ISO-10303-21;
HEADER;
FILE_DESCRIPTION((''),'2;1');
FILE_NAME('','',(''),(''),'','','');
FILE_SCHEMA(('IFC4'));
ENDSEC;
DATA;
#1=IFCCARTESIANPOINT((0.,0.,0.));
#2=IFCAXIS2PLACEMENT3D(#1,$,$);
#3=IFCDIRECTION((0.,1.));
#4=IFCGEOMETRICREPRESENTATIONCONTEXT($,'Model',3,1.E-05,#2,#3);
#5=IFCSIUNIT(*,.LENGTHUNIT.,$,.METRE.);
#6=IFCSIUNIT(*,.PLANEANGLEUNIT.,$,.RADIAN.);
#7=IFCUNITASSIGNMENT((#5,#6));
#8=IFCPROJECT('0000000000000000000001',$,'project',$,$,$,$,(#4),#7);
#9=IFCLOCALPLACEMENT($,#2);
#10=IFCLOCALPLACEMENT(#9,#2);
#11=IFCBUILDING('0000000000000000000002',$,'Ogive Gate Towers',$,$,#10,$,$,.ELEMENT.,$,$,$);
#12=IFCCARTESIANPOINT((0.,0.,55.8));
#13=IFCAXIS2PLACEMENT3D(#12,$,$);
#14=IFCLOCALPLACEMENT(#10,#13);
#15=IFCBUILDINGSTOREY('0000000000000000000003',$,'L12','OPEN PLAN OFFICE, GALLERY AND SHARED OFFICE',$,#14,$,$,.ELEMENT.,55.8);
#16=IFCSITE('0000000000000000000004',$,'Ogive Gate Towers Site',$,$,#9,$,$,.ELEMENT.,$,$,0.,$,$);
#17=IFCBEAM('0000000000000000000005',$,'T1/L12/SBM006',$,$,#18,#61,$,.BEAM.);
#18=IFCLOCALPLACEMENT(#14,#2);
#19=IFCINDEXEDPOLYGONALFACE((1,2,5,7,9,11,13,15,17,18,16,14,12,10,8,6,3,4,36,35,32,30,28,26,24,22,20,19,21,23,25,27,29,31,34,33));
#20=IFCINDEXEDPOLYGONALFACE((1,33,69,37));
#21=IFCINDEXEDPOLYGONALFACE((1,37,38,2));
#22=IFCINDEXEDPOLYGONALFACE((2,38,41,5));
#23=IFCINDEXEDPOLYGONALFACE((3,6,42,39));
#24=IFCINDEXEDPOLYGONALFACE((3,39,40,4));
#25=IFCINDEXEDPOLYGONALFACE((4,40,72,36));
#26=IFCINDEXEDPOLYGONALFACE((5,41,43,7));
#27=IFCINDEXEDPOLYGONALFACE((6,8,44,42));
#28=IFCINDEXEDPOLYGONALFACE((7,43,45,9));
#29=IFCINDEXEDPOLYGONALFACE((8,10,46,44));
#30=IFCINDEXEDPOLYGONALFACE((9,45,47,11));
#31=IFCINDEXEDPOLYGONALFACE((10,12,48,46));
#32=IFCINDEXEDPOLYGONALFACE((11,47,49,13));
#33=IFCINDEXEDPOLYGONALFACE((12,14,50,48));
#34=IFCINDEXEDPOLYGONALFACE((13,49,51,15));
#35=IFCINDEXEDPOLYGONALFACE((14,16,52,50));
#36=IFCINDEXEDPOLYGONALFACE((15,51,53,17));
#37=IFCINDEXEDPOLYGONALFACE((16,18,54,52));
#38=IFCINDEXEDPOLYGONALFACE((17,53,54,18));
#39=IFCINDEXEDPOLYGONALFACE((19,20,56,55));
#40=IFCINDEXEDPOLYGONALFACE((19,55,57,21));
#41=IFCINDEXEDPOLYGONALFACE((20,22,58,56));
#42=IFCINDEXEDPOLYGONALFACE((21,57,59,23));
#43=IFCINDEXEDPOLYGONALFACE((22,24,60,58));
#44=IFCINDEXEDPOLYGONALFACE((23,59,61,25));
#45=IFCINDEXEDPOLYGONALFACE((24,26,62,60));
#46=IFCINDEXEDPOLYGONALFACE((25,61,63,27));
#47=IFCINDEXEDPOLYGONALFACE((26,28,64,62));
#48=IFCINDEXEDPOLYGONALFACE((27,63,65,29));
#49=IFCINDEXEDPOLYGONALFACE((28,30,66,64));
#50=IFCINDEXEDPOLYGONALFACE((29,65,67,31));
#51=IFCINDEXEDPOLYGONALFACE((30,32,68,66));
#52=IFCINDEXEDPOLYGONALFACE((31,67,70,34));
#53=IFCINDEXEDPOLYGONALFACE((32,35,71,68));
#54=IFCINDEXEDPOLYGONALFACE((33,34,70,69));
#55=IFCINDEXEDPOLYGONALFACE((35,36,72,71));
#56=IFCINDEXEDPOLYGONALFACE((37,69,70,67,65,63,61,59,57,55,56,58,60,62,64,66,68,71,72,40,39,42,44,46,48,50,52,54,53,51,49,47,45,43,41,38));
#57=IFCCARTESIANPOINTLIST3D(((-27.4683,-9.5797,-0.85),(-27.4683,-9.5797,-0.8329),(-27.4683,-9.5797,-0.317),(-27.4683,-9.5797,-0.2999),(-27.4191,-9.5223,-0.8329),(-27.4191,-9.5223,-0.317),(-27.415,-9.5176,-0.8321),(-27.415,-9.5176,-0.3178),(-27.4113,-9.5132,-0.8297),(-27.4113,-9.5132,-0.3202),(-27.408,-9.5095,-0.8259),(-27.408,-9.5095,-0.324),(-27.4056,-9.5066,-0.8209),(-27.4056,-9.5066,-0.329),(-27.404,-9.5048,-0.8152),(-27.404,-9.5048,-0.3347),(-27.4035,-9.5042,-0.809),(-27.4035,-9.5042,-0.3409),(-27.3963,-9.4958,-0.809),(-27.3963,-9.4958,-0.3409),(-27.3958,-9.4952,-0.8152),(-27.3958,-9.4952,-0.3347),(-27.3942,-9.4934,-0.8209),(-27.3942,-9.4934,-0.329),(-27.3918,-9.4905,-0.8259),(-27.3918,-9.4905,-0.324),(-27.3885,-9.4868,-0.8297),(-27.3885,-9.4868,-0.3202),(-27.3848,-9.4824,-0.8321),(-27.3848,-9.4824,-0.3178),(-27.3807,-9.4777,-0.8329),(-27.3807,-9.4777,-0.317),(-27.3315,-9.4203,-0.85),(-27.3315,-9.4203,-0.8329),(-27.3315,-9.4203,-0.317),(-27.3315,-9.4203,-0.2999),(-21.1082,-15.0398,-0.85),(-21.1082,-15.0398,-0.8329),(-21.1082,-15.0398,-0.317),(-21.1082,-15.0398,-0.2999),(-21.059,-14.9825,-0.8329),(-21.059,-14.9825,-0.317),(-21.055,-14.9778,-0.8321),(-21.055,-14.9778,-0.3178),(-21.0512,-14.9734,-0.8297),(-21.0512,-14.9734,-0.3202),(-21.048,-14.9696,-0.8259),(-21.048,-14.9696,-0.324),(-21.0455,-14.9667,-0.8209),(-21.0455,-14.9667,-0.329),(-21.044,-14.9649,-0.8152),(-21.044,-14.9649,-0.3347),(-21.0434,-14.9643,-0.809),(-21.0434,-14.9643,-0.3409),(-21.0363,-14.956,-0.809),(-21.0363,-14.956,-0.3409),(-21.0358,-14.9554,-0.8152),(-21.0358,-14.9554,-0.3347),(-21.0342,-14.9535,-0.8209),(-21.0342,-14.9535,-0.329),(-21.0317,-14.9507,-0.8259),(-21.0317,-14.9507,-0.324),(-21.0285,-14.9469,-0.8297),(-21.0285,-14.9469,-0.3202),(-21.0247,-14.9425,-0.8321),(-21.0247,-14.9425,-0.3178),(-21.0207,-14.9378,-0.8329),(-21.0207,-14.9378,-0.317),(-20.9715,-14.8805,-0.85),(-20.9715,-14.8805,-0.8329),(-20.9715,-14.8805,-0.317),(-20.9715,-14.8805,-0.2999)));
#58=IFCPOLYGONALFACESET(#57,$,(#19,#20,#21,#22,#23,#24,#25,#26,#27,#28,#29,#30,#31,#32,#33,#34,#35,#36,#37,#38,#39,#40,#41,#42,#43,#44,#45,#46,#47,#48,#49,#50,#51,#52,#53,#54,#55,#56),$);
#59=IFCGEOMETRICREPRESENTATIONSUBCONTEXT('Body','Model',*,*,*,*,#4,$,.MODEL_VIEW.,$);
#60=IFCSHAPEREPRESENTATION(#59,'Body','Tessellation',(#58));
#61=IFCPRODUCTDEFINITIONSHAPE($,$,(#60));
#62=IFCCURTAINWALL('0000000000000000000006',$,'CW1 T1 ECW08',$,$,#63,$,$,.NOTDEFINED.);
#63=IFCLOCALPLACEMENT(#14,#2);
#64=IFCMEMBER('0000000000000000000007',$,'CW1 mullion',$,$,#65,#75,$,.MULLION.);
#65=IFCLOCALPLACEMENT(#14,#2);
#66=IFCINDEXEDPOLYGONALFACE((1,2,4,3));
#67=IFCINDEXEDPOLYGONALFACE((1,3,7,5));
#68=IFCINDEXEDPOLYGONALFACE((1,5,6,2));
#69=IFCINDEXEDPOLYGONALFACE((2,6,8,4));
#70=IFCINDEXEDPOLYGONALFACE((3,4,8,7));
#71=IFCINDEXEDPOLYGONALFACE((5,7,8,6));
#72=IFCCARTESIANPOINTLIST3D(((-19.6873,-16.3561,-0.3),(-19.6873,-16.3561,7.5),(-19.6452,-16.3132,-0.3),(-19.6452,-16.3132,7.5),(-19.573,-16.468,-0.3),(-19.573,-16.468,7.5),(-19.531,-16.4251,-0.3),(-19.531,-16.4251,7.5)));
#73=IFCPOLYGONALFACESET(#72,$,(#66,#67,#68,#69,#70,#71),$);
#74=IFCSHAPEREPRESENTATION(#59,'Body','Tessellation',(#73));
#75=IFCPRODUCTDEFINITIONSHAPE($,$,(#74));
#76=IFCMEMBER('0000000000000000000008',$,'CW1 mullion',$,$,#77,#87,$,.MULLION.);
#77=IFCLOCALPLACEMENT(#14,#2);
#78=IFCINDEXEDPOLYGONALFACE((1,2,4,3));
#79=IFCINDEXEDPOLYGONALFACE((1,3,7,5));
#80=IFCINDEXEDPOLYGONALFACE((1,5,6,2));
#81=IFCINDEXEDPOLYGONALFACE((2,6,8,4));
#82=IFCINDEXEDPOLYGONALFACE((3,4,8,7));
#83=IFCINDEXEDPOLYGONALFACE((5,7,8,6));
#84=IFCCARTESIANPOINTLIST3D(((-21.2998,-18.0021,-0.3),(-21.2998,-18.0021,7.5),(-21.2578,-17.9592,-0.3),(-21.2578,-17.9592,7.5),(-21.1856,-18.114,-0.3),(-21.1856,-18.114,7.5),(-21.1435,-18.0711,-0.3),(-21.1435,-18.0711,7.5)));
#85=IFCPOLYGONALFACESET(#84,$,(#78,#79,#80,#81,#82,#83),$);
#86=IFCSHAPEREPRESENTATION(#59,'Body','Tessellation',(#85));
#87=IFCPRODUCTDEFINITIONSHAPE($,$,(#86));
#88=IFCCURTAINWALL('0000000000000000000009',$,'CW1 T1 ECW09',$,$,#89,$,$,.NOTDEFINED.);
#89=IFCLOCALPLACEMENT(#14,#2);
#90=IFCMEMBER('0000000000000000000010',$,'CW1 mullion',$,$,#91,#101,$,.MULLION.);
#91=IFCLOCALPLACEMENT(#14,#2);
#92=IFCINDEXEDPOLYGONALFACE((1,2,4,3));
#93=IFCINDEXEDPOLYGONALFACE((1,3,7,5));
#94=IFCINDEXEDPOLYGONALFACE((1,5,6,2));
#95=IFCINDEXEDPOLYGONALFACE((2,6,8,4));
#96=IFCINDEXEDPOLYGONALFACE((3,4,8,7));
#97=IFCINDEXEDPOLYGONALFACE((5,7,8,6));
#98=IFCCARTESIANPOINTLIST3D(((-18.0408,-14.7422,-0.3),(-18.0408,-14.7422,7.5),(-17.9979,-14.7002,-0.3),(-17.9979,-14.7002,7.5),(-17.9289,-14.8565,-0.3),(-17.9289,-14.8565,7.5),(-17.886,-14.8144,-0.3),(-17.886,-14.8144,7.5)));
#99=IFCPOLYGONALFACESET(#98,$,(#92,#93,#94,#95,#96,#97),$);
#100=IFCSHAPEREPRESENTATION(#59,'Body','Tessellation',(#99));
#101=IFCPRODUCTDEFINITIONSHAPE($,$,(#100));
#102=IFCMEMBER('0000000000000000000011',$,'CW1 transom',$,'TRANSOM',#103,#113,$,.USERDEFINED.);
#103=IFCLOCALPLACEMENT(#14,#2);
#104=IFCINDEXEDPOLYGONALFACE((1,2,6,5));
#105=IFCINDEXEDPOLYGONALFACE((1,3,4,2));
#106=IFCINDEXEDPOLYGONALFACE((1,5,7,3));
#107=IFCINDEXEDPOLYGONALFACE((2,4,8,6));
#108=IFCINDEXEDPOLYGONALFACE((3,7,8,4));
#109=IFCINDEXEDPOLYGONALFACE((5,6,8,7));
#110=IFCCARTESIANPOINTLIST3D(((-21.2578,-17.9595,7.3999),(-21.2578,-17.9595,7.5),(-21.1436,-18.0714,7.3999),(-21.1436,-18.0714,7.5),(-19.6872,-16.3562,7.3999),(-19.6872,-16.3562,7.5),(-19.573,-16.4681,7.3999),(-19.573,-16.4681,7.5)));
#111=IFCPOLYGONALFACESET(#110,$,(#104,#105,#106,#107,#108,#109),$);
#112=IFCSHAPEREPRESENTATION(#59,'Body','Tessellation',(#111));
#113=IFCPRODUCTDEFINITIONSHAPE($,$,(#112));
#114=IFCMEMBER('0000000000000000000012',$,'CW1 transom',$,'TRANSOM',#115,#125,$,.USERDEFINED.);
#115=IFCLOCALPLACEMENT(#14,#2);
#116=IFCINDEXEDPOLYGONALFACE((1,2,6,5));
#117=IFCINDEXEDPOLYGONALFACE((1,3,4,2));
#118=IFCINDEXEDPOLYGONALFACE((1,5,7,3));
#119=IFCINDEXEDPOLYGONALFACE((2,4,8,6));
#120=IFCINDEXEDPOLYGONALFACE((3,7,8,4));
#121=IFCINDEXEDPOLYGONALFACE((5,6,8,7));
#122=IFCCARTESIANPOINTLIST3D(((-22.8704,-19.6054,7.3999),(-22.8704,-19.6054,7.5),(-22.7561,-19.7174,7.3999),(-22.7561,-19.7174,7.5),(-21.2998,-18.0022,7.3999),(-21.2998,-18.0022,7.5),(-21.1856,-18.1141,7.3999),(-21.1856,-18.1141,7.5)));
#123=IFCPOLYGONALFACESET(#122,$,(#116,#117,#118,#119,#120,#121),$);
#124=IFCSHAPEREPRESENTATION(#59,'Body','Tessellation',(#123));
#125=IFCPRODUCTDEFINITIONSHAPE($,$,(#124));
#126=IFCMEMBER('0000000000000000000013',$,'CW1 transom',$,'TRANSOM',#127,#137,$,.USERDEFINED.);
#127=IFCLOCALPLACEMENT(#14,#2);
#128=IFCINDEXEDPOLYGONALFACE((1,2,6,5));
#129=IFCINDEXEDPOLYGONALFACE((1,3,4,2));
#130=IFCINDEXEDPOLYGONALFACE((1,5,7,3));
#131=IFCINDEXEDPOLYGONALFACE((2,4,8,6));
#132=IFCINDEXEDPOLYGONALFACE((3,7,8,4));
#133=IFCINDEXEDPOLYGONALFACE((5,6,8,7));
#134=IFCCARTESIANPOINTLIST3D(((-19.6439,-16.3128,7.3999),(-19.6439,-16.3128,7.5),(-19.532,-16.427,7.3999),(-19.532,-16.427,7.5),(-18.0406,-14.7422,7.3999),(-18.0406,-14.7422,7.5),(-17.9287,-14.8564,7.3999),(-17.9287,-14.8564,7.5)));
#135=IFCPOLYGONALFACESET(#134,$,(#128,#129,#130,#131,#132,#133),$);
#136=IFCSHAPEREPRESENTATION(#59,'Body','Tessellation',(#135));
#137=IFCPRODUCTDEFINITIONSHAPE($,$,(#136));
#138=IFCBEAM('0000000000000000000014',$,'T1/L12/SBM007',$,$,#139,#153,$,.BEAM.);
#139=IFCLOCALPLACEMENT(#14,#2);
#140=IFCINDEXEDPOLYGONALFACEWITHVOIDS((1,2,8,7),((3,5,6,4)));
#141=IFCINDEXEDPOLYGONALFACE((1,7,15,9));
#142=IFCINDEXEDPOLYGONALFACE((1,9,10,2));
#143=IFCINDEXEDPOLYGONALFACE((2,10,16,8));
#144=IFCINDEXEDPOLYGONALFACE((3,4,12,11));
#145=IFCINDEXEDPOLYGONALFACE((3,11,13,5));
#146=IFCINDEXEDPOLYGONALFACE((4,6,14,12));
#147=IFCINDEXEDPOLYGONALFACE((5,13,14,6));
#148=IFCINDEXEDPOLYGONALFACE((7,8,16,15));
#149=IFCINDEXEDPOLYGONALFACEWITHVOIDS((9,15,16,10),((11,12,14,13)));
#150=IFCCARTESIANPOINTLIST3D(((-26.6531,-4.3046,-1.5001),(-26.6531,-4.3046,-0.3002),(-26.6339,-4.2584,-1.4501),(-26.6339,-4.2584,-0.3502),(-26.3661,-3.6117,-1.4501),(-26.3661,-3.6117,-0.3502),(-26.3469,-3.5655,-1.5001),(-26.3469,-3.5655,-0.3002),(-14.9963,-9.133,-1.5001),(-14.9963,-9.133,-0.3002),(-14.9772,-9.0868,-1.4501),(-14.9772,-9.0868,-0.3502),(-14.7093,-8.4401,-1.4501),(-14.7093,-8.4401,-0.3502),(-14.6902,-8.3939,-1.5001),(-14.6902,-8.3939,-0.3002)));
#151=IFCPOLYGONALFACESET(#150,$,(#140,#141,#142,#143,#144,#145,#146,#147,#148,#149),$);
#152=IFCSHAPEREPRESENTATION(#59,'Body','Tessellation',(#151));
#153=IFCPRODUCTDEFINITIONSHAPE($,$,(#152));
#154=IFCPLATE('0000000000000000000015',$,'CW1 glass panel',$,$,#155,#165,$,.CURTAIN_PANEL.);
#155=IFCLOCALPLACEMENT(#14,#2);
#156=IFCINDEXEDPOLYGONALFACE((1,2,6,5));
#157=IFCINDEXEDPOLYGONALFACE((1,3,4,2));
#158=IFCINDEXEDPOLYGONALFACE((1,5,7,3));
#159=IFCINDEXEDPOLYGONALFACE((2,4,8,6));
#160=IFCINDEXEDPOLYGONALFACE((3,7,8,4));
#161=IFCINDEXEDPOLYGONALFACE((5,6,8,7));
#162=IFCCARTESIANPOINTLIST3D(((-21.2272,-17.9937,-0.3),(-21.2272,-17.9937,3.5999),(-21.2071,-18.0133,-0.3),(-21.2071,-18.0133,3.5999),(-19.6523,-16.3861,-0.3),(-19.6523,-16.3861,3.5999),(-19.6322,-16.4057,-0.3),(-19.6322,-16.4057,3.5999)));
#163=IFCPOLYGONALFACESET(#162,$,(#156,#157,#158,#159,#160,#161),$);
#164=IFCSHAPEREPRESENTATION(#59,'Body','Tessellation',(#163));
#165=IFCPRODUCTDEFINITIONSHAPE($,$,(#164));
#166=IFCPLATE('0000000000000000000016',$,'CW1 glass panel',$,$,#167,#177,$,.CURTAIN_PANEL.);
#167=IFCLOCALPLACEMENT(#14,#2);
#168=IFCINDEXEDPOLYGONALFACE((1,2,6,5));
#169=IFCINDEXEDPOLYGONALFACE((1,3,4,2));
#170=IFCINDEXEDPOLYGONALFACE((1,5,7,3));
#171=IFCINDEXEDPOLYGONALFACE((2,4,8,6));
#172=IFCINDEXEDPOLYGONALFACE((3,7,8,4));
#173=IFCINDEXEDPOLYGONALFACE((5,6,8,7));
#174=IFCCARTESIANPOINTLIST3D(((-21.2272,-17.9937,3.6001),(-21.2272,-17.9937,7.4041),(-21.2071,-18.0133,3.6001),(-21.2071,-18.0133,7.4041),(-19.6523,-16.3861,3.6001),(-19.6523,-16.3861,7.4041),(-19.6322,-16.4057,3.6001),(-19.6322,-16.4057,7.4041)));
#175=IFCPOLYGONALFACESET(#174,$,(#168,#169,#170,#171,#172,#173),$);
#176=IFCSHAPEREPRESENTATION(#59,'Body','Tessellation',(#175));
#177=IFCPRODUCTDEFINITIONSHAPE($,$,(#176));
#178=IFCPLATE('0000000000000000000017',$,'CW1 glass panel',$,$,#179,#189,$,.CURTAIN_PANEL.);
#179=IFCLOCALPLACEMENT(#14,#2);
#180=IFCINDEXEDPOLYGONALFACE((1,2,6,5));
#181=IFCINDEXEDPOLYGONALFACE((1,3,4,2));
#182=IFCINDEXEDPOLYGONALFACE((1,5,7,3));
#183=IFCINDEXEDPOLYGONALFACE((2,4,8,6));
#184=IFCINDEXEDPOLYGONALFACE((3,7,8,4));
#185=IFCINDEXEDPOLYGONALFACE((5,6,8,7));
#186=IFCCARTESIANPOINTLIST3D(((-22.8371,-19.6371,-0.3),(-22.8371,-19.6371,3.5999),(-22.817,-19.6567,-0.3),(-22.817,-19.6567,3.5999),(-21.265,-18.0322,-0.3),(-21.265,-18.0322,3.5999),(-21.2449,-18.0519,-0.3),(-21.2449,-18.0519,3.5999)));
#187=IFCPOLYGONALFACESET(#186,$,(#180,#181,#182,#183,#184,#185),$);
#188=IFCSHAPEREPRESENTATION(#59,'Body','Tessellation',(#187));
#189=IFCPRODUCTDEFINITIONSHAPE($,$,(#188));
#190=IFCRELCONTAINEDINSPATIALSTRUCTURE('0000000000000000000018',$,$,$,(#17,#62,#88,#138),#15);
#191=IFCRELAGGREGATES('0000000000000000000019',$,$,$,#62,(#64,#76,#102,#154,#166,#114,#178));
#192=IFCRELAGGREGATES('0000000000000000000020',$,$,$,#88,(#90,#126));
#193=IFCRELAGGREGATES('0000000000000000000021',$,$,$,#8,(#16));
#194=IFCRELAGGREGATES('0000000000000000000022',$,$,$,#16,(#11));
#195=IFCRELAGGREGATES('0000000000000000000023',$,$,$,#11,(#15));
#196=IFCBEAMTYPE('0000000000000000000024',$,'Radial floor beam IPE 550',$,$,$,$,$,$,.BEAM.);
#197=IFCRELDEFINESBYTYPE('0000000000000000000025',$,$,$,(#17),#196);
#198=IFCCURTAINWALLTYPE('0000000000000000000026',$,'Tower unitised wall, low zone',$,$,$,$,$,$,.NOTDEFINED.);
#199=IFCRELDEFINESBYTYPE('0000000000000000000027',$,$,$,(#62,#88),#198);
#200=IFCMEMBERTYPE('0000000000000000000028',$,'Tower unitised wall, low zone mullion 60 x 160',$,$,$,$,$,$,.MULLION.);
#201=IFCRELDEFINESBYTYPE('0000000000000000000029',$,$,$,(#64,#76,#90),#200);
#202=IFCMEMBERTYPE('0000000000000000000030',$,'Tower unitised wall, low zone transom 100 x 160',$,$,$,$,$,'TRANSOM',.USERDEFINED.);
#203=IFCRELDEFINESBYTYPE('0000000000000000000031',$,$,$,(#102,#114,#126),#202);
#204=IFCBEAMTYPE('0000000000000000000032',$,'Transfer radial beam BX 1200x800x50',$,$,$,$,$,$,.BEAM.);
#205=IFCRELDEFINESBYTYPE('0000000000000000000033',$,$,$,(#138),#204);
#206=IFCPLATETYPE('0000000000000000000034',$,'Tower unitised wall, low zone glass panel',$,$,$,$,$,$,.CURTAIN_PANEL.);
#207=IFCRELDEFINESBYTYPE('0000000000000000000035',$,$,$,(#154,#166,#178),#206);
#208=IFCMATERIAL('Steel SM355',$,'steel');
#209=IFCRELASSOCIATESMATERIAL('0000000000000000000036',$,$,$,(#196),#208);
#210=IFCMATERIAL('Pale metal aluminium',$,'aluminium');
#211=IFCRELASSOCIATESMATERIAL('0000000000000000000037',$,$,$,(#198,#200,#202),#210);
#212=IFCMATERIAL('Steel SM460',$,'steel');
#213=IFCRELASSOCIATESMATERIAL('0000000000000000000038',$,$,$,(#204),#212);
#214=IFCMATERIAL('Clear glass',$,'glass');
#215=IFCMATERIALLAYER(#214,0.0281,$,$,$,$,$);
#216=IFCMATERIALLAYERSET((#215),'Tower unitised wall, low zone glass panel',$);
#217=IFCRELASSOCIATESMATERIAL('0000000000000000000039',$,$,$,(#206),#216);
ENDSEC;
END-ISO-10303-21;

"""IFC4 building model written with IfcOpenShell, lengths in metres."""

from ifc_helpers import new_model, si_unit, direction, frame, origin, origin_2d, place, context, subcontext, project, spatial, rectangle, hollow_rectangle, i_section, extrude, material, layer, layer_set, material_profile, profile_set, type_object, element, aggregate, save


model = new_model("IFC4")

# Units and contexts
model_context = context("Model", 3, precision=1e-05, world=origin(), true_north=direction((0.0, 1.0)))
body_context = subcontext(model_context, "Body", "Model", "MODEL_VIEW")
ifc_project = project(units=[si_unit("LENGTHUNIT", "METRE"), si_unit("PLANEANGLEUNIT", "RADIAN")], contexts=[model_context])

# Site, building, storey
site_placement = place(None, origin())
site = spatial("IfcSite", under=ifc_project, at=site_placement, Name="Ogive Gate Towers Site", CompositionType="ELEMENT", RefElevation=0.0)
building_placement = place(site_placement, origin())
building = spatial("IfcBuilding", under=site, at=building_placement, Name="Ogive Gate Towers", CompositionType="ELEMENT")
storey_placement = place(building_placement, frame((0.0, 0.0, 55.8)))
storey = spatial("IfcBuildingStorey", under=building, at=storey_placement, Name="L12", Description="OPEN PLAN OFFICE, GALLERY AND SHARED OFFICE", CompositionType="ELEMENT", Elevation=55.8)

# Beam
ifc_material_1 = material(Name="Steel SM355", Category="steel")
ifc_material_profile_1 = material_profile(ifc_material_1, i_section(OverallWidth=0.21, OverallDepth=0.55, WebThickness=0.011, FlangeThickness=0.0171, FilletRadius=0.0239, at=origin_2d()), Name="IPE 550")
ifc_profile_set_1 = profile_set([ifc_material_profile_1], Name="Steel SM355")
beam_type_1 = type_object("IfcBeamType", Name="Radial floor beam IPE 550", PredefinedType="BEAM", material=ifc_profile_set_1)
beam_1_placement = place(storey_placement, frame((-27.3999, -9.5, -0.575), z_axis=(0.758744, -0.651388, 0.0), x_axis=(0.651388, 0.758744, 0.0)))
element("IfcBeam", 1, at=beam_1_placement, inside=storey, type_object=beam_type_1, Name="T1/L12/SBM006", PredefinedType="BEAM", context=body_context, shape_type="SweptSolid", body=[
    extrude(i_section(OverallWidth=0.21, OverallDepth=0.55, WebThickness=0.011, FlangeThickness=0.0171, FilletRadius=0.0239, at=origin_2d()), origin(), (0.0, 0.0, 1.0), 8.3823),
])

# Curtain wall, members
ifc_material_2 = material(Name="Pale metal aluminium", Category="aluminium")
curtain_wall_type = type_object("IfcCurtainWallType", Name="Tower unitised wall, low zone", PredefinedType="NOTDEFINED", material=ifc_material_2)
curtain_wall_1_placement = place(storey_placement, origin())
curtain_wall_1 = element("IfcCurtainWall", 2, at=curtain_wall_1_placement, inside=storey, type_object=curtain_wall_type, Name="CW1 T1 ECW08", PredefinedType="NOTDEFINED")
ifc_material_profile_2 = material_profile(ifc_material_2, rectangle(XDim=0.1599, YDim=0.0601, at=origin_2d()), Name="60 x 160 aluminium box")
ifc_profile_set_2 = profile_set([ifc_material_profile_2], Name="Pale metal aluminium")
member_type_1 = type_object("IfcMemberType", Name="Tower unitised wall, low zone mullion 60 x 160", PredefinedType="MULLION", material=ifc_profile_set_2)
member_1_placement = place(storey_placement, frame((-19.6091, -16.3906, -0.3), z_axis=(0.0, 0.0, 1.0), x_axis=(-0.714338, 0.6998, 0.0)))
member_1 = element("IfcMember", 3, at=member_1_placement, type_object=member_type_1, Name="CW1 mullion", PredefinedType="MULLION", context=body_context, shape_type="SweptSolid", body=[
    extrude(rectangle(XDim=0.1599, YDim=0.0601, at=origin_2d()), origin(), (0.0, 0.0, 1.0), 7.8),
])
member_2_placement = place(storey_placement, frame((-21.2217, -18.0366, -0.3), z_axis=(0.0, 0.0, 1.0), x_axis=(-0.714351, 0.699788, 0.0)))
member_2 = element("IfcMember", 4, at=member_2_placement, type_object=member_type_1, Name="CW1 mullion", PredefinedType="MULLION", context=body_context, shape_type="SweptSolid", body=[
    extrude(rectangle(XDim=0.1599, YDim=0.0601, at=origin_2d()), origin(), (0.0, 0.0, 1.0), 7.8),
])

# Curtain wall, member
curtain_wall_2_placement = place(storey_placement, origin())
curtain_wall_2 = element("IfcCurtainWall", 5, at=curtain_wall_2_placement, inside=storey, type_object=curtain_wall_type, Name="CW1 T1 ECW09", PredefinedType="NOTDEFINED")
member_3_placement = place(storey_placement, frame((-17.9634, -14.7783, -0.3), z_axis=(0.0, 0.0, 1.0), x_axis=(-0.699788, 0.714351, 0.0)))
member_3 = element("IfcMember", 6, at=member_3_placement, type_object=member_type_1, Name="CW1 mullion", PredefinedType="MULLION", context=body_context, shape_type="SweptSolid", body=[
    extrude(rectangle(XDim=0.1599, YDim=0.0601, at=origin_2d()), origin(), (0.0, 0.0, 1.0), 7.8),
])

# Members
ifc_material_profile_3 = material_profile(ifc_material_2, rectangle(XDim=0.1599, YDim=0.1001, at=origin_2d()), Name="100 x 160 aluminium box")
ifc_profile_set_3 = profile_set([ifc_material_profile_3], Name="Pale metal aluminium")
member_type_2 = type_object("IfcMemberType", Name="Tower unitised wall, low zone transom 100 x 160", ElementType="TRANSOM", PredefinedType="USERDEFINED", material=ifc_profile_set_3)
member_4_placement = place(storey_placement, frame((-19.6301, -16.4121, 7.45), z_axis=(-0.699781, -0.714357, 0.0), x_axis=(0.714357, -0.699781, 0.0)))
member_4 = element("IfcMember", 7, at=member_4_placement, type_object=member_type_2, Name="CW1 transom", ObjectType="TRANSOM", PredefinedType="USERDEFINED", context=body_context, shape_type="SweptSolid", body=[
    extrude(rectangle(XDim=0.1599, YDim=0.1001, at=origin_2d()), origin(), (0.0, 0.0, 1.0), 2.2444),
])
member_5_placement = place(storey_placement, frame((-21.2427, -18.0581, 7.45), z_axis=(-0.699781, -0.714357, 0.0), x_axis=(0.714357, -0.699781, 0.0)))
member_5 = element("IfcMember", 8, at=member_5_placement, type_object=member_type_2, Name="CW1 transom", ObjectType="TRANSOM", PredefinedType="USERDEFINED", context=body_context, shape_type="SweptSolid", body=[
    extrude(rectangle(XDim=0.1599, YDim=0.1001, at=origin_2d()), origin(), (0.0, 0.0, 1.0), 2.2444),
])
member_6_placement = place(storey_placement, frame((-17.9846, -14.7993, 7.45), z_axis=(-0.714357, -0.699781, 0.0), x_axis=(0.699781, -0.714357, 0.0)))
member_6 = element("IfcMember", 9, at=member_6_placement, type_object=member_type_2, Name="CW1 transom", ObjectType="TRANSOM", PredefinedType="USERDEFINED", context=body_context, shape_type="SweptSolid", body=[
    extrude(rectangle(XDim=0.1599, YDim=0.1001, at=origin_2d()), origin(), (0.0, 0.0, 1.0), 2.2444),
])

# Beam
ifc_material_3 = material(Name="Steel SM460", Category="steel")
ifc_material_profile_4 = material_profile(ifc_material_3, hollow_rectangle(XDim=0.8, YDim=1.2, WallThickness=0.05, at=origin_2d()), Name="BX 1200x800x50")
ifc_profile_set_4 = profile_set([ifc_material_profile_4], Name="Steel SM460")
beam_type_2 = type_object("IfcBeamType", Name="Transfer radial beam BX 1200x800x50", PredefinedType="BEAM", material=ifc_profile_set_4)
beam_2_placement = place(storey_placement, frame((-26.5, -3.9351, -0.9001), z_axis=(0.92388, -0.382683, 0.0), x_axis=(0.382683, 0.92388, 0.0)))
element("IfcBeam", 10, at=beam_2_placement, inside=storey, type_object=beam_type_2, Name="T1/L12/SBM007", PredefinedType="BEAM", context=body_context, shape_type="SweptSolid", body=[
    extrude(hollow_rectangle(XDim=0.8, YDim=1.2, WallThickness=0.05, at=origin_2d()), origin(), (0.0, 0.0, 1.0), 12.6172),
])

# Plates
ifc_material_4 = material(Name="Clear glass", Category="glass")
ifc_layer_1 = layer(ifc_material_4, 0.0281)
ifc_layer_set_1 = layer_set([ifc_layer_1], Name="Tower unitised wall, low zone glass panel")
plate_type = type_object("IfcPlateType", Name="Tower unitised wall, low zone glass panel", PredefinedType="CURTAIN_PANEL", material=ifc_layer_set_1)
plate_1_placement = place(storey_placement, frame((-20.4297, -17.1997, -0.3), z_axis=(0.0, 0.0, 1.0), x_axis=(-0.6998, -0.714338, 0.0)))
plate_1 = element("IfcPlate", 11, at=plate_1_placement, type_object=plate_type, Name="CW1 glass panel", PredefinedType="CURTAIN_PANEL", context=body_context, shape_type="SweptSolid", body=[
    extrude(rectangle(XDim=2.2505, YDim=0.0281, at=origin_2d()), origin(), (0.0, 0.0, 1.0), 3.8999),
])
plate_2_placement = place(storey_placement, frame((-20.4297, -17.1997, 3.6001), z_axis=(0.0, 0.0, 1.0), x_axis=(-0.6998, -0.714338, 0.0)))
plate_2 = element("IfcPlate", 12, at=plate_2_placement, type_object=plate_type, Name="CW1 glass panel", PredefinedType="CURTAIN_PANEL", context=body_context, shape_type="SweptSolid", body=[
    extrude(rectangle(XDim=2.2505, YDim=0.0281, at=origin_2d()), origin(), (0.0, 0.0, 1.0), 3.804),
])
plate_3_placement = place(storey_placement, frame((-22.041, -18.8445, -0.3), z_axis=(0.0, 0.0, 1.0), x_axis=(-0.699776, -0.714363, 0.0)))
plate_3 = element("IfcPlate", 13, at=plate_3_placement, type_object=plate_type, Name="CW1 glass panel", PredefinedType="CURTAIN_PANEL", context=body_context, shape_type="SweptSolid", body=[
    extrude(rectangle(XDim=2.2466, YDim=0.0281, at=origin_2d()), origin(), (0.0, 0.0, 1.0), 3.8999),
])
aggregate(curtain_wall_1, [member_1, member_2, member_4, plate_1, plate_2, member_5, plate_3])
aggregate(curtain_wall_2, [member_3, member_6])

save(model, "model.ifc")
